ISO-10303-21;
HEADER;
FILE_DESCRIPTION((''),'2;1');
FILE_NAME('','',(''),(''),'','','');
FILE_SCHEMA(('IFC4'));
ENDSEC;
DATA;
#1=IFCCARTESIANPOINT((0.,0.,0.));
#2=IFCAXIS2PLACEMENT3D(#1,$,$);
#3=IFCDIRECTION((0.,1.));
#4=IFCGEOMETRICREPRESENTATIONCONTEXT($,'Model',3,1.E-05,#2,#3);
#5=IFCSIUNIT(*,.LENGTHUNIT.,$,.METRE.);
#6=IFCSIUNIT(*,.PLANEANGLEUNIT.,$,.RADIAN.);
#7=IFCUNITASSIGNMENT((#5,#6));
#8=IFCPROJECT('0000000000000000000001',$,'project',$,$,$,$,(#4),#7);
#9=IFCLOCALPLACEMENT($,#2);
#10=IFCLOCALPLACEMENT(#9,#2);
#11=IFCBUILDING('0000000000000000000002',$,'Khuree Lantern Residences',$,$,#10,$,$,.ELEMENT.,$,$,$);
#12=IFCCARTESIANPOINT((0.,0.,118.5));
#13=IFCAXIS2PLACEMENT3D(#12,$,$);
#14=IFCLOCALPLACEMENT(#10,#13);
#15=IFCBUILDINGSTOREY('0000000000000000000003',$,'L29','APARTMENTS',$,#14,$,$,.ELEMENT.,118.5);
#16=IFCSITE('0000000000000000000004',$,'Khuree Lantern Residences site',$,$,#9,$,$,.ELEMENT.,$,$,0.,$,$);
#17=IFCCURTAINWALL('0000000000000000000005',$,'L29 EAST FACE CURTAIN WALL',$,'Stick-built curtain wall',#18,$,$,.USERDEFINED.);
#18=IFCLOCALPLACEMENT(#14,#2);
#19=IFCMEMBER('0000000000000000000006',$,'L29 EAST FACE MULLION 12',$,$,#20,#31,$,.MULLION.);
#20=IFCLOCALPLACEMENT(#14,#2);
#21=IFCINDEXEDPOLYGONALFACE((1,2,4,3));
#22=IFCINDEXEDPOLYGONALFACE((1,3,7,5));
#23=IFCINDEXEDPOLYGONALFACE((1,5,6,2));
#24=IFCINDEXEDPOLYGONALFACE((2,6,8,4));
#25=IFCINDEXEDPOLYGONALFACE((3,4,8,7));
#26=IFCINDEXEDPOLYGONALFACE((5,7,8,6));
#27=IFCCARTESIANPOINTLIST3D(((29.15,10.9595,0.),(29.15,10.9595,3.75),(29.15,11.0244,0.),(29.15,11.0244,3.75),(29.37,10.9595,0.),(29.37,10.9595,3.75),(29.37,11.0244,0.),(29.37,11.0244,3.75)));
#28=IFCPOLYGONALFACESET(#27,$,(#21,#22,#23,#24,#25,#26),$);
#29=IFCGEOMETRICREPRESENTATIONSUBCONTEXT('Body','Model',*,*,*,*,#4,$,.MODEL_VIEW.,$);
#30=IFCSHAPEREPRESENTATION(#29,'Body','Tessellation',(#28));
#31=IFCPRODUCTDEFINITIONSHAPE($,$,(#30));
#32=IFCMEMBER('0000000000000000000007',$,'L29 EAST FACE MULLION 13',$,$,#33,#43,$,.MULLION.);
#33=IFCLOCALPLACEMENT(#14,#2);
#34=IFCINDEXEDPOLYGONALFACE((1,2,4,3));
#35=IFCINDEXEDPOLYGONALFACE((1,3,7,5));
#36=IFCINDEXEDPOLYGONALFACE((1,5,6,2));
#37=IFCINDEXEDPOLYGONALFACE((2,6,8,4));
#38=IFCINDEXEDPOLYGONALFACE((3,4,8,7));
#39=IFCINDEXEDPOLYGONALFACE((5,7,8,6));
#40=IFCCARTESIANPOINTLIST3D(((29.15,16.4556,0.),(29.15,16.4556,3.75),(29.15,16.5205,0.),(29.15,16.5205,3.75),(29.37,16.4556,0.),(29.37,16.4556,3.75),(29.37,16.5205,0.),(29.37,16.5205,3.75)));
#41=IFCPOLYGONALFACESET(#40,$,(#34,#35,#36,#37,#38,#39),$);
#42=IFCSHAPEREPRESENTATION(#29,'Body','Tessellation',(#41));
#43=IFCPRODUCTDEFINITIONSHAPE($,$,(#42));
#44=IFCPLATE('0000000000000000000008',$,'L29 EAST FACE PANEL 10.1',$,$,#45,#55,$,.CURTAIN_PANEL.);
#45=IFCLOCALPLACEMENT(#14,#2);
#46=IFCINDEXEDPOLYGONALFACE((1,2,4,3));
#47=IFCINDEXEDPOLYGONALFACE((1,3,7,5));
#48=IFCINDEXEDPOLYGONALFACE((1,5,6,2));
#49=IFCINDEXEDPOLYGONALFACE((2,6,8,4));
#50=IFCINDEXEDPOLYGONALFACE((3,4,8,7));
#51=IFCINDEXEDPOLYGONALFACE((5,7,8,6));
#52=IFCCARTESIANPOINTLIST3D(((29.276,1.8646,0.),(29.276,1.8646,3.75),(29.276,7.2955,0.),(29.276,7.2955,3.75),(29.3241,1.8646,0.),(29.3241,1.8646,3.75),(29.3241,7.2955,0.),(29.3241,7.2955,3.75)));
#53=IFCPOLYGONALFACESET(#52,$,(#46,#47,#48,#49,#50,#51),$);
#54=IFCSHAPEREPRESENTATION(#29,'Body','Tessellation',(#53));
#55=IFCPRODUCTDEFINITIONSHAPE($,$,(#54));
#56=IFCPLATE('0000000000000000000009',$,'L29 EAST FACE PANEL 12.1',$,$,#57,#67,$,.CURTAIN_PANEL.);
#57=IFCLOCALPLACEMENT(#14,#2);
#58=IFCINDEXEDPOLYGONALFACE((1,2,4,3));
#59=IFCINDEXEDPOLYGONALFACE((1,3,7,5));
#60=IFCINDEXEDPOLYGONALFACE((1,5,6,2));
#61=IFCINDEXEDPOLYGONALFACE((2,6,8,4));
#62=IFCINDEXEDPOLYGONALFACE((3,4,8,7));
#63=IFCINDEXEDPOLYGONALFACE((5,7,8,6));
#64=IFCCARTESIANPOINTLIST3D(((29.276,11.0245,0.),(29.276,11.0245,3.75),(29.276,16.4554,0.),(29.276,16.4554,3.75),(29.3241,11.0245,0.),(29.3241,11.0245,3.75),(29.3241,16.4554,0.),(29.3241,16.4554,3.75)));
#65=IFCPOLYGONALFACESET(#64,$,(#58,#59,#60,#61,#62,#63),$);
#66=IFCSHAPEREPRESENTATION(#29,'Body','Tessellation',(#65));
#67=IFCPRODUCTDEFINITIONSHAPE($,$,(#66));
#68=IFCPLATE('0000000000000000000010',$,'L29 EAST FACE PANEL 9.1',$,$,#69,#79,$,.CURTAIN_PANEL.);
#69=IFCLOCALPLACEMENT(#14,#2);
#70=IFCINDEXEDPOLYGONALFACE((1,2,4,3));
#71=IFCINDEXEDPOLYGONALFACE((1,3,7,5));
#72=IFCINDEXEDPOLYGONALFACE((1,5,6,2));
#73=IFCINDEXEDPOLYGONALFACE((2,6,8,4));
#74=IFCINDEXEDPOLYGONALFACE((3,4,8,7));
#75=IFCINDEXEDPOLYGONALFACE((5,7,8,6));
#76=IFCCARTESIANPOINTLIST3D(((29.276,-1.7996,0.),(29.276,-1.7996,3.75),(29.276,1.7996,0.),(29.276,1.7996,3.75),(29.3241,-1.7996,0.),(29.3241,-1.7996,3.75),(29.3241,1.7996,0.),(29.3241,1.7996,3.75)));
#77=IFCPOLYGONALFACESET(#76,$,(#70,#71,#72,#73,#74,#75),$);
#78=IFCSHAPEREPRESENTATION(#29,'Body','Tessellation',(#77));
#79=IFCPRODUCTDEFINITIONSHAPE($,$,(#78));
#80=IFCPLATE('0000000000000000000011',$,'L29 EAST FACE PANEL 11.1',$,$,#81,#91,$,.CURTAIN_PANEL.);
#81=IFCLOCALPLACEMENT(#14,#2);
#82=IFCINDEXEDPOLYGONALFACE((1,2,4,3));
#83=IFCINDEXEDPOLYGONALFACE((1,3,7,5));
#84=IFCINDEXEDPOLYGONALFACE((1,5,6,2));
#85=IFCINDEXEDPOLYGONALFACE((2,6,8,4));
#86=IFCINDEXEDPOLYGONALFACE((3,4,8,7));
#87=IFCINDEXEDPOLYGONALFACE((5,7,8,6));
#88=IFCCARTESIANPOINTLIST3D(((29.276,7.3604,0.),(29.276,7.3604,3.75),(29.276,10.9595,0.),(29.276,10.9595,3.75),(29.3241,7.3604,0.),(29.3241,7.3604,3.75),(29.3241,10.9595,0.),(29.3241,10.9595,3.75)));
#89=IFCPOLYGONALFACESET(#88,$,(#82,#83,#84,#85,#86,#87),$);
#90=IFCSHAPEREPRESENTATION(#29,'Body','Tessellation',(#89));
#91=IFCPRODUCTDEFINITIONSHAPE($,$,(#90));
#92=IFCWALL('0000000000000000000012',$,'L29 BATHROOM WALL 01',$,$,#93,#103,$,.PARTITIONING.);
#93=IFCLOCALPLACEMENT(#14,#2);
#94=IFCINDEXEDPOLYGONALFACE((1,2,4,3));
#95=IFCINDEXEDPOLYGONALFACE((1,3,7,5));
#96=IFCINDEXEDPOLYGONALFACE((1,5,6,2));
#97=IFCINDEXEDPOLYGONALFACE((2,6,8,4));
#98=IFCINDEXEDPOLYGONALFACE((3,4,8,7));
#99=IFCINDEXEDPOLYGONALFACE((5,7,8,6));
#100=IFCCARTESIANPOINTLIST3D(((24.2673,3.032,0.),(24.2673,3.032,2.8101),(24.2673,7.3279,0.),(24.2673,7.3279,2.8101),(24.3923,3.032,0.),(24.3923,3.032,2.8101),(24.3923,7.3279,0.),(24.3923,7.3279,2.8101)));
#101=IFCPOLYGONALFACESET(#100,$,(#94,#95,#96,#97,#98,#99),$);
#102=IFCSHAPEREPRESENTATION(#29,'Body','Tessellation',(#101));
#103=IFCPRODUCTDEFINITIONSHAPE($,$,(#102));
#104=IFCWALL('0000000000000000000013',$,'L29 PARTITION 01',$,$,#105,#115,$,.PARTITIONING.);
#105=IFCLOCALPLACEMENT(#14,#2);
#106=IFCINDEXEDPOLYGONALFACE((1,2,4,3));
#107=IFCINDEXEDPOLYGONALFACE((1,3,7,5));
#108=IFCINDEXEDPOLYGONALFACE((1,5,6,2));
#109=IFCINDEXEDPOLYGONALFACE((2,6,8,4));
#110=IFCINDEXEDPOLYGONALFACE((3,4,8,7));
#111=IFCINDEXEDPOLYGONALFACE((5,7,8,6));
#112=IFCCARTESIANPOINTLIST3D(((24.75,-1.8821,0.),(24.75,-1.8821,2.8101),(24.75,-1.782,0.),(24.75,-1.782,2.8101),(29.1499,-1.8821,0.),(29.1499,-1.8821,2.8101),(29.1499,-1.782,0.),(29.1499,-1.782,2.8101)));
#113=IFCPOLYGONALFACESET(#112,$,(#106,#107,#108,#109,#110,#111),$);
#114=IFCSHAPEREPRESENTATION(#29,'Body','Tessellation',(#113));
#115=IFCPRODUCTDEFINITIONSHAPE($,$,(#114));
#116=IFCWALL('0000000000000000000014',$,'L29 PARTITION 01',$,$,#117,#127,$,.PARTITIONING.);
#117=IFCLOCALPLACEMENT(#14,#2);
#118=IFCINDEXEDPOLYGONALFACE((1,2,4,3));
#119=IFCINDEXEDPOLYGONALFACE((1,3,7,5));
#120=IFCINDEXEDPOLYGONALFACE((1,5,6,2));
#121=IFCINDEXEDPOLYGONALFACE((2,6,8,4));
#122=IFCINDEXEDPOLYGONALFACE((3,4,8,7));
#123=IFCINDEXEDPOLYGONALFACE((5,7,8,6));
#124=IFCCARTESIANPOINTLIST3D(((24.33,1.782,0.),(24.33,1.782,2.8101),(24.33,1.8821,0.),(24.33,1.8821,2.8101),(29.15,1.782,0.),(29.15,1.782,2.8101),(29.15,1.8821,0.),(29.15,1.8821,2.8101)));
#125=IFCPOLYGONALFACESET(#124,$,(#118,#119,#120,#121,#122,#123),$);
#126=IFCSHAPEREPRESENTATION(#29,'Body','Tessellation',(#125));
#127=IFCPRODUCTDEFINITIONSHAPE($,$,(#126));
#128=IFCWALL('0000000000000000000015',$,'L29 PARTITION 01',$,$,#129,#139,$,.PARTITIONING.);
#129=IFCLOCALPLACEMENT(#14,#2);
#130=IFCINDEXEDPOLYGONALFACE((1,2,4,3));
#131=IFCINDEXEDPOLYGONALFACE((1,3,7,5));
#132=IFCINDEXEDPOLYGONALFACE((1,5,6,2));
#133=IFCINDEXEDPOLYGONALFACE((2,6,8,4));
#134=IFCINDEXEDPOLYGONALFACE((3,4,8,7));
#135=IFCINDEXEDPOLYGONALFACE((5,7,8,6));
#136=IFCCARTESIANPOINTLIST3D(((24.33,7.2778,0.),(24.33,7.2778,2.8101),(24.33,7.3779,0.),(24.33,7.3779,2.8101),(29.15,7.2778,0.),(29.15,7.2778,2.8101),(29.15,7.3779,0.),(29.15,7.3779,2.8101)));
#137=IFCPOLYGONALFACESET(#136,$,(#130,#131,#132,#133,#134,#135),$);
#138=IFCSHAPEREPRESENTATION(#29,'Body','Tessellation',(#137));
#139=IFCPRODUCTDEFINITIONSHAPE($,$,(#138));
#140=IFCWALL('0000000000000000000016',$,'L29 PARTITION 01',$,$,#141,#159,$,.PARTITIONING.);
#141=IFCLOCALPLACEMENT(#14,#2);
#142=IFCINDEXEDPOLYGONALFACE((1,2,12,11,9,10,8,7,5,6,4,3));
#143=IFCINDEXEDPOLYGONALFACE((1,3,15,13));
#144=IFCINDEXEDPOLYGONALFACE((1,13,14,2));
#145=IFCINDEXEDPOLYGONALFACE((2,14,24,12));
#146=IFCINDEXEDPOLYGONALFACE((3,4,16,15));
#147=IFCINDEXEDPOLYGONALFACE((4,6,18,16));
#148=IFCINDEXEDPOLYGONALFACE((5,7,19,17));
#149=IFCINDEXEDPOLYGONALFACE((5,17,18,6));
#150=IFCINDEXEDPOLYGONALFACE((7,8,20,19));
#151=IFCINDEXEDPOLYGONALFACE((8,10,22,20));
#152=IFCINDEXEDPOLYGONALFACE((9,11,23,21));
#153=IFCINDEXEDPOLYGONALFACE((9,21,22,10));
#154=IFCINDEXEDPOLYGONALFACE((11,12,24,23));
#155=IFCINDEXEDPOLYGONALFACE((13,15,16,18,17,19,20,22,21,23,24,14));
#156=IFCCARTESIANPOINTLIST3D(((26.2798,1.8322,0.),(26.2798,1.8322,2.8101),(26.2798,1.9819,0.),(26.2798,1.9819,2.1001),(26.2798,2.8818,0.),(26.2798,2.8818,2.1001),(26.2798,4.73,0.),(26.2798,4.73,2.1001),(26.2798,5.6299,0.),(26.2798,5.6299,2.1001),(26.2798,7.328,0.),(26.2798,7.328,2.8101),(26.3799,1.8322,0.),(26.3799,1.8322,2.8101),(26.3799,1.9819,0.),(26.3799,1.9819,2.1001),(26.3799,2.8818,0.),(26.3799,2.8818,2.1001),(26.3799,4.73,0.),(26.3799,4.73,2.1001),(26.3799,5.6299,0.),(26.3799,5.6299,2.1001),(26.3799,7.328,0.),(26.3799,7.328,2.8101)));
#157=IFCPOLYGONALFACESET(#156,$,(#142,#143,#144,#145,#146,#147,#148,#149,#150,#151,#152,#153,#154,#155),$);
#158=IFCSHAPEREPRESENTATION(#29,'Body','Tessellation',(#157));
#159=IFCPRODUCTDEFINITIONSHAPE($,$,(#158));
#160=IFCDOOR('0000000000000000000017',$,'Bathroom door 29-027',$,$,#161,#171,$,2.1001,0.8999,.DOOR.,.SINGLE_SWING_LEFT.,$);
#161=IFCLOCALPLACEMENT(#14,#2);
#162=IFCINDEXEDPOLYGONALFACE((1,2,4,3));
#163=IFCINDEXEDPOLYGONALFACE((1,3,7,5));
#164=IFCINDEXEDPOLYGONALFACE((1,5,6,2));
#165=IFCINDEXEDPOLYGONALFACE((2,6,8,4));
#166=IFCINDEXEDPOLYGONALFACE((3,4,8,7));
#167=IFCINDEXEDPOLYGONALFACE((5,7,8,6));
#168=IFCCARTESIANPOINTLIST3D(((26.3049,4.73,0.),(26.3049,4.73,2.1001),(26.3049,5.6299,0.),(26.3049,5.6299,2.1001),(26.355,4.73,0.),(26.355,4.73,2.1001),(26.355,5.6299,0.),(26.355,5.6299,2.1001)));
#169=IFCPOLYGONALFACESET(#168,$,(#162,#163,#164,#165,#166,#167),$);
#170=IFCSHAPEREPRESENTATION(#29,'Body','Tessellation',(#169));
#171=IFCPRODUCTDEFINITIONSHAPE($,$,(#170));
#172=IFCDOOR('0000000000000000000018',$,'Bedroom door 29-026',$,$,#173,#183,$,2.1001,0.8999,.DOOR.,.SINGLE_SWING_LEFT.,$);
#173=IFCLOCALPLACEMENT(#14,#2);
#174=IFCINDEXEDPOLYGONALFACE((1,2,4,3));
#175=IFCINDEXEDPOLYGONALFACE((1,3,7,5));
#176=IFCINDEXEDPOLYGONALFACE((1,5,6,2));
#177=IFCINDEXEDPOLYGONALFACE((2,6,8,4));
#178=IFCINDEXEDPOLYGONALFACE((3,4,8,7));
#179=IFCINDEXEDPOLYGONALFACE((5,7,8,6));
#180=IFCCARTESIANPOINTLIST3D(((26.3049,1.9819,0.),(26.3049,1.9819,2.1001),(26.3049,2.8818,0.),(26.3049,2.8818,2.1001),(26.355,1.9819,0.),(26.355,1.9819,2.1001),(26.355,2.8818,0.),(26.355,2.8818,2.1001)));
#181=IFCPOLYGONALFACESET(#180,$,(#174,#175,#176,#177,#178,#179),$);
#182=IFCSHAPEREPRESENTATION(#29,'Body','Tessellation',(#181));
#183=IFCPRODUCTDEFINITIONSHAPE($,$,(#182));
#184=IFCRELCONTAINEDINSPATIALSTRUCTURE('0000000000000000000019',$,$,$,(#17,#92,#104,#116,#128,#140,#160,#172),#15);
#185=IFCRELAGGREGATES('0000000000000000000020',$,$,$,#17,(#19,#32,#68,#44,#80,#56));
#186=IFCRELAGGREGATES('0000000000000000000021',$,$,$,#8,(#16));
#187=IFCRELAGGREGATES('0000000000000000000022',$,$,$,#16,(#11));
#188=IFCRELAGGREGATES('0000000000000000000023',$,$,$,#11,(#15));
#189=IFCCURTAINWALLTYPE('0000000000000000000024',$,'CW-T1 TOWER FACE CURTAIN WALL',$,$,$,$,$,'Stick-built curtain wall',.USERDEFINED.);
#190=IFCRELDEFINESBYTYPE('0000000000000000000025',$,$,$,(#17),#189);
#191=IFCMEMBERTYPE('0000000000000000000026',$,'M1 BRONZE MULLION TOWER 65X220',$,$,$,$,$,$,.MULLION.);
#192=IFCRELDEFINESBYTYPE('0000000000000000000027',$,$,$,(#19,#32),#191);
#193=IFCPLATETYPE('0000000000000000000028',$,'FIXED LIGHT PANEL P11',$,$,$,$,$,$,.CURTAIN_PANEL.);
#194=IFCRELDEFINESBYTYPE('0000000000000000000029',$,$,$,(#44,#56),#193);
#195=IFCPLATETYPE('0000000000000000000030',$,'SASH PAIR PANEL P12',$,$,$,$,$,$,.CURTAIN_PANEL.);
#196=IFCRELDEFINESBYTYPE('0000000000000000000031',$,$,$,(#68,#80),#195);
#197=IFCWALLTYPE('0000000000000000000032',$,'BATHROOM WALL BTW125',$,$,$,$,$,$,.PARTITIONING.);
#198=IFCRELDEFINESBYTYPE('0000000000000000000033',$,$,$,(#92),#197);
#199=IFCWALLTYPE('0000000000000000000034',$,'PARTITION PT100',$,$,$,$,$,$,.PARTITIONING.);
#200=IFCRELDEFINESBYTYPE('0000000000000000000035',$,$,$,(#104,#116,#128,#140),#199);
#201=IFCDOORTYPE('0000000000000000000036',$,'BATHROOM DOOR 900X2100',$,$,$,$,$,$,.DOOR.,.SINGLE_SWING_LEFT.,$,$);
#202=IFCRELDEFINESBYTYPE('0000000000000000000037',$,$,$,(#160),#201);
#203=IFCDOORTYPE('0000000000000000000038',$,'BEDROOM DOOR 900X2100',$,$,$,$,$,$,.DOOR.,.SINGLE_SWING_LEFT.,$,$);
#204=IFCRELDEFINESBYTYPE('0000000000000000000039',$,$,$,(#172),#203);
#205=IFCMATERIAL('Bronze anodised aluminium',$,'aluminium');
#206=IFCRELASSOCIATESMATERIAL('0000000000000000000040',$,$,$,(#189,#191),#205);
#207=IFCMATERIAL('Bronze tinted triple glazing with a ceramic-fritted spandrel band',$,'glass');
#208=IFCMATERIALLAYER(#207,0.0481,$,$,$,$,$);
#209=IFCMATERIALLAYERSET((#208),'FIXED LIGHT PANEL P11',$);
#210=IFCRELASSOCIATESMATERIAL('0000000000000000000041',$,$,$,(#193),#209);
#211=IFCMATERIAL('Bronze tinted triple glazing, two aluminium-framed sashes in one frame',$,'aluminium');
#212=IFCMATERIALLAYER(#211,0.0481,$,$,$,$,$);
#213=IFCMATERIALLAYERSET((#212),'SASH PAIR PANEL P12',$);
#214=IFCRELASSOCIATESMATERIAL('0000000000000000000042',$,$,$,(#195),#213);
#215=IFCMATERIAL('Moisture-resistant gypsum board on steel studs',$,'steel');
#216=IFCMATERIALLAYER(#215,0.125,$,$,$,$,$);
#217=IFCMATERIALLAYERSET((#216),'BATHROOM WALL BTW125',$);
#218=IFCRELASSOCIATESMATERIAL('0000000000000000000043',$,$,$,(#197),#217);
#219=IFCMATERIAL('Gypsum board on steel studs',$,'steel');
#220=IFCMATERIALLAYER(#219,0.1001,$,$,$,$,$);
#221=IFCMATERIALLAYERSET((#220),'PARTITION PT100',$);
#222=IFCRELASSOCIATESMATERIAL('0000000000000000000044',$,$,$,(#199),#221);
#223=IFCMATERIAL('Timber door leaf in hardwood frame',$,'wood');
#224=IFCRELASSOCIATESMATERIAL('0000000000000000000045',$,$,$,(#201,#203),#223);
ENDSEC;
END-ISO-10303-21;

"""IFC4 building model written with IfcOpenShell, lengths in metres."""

from ifc_helpers import new_model, si_unit, direction, frame, frame_2d, origin, origin_2d, place, context, subcontext, project, spatial, rectangle, extrude, material, layer, layer_set, material_profile, profile_set, type_object, element, fill, aggregate, save


model = new_model("IFC4")

# Units and contexts
model_context = context("Model", 3, precision=1e-05, world=origin(), true_north=direction((0.0, 1.0)))
body_context = subcontext(model_context, "Body", "Model", "MODEL_VIEW")
ifc_project = project(units=[si_unit("LENGTHUNIT", "METRE"), si_unit("PLANEANGLEUNIT", "RADIAN")], contexts=[model_context])

# Site, building, storey
site_placement = place(None, origin())
site = spatial("IfcSite", under=ifc_project, at=site_placement, Name="Khuree Lantern Residences site", CompositionType="ELEMENT", RefElevation=0.0)
building_placement = place(site_placement, origin())
building = spatial("IfcBuilding", under=site, at=building_placement, Name="Khuree Lantern Residences", CompositionType="ELEMENT")
storey_placement = place(building_placement, frame((0.0, 0.0, 118.5)))
storey = spatial("IfcBuildingStorey", under=building, at=storey_placement, Name="L29", Description="APARTMENTS", CompositionType="ELEMENT", Elevation=118.5)

# Curtain wall
ifc_material_1 = material(Name="Bronze anodised aluminium", Category="aluminium")
curtain_wall_type = type_object("IfcCurtainWallType", Name="CW-T1 TOWER FACE CURTAIN WALL", ElementType="Stick-built curtain wall", PredefinedType="USERDEFINED", material=ifc_material_1)
curtain_wall_placement = place(storey_placement, origin())
curtain_wall = element("IfcCurtainWall", 1, at=curtain_wall_placement, inside=storey, type_object=curtain_wall_type, Name="L29 EAST FACE CURTAIN WALL", ObjectType="Stick-built curtain wall", PredefinedType="USERDEFINED")

# Members
ifc_material_profile_1 = material_profile(ifc_material_1, rectangle(XDim=0.0649, YDim=0.22, at=origin_2d()), Name="M1 65X220")
ifc_profile_set_1 = profile_set([ifc_material_profile_1], Name="Bronze anodised aluminium")
member_type_1 = type_object("IfcMemberType", Name="M1 BRONZE MULLION TOWER 65X220", PredefinedType="MULLION", material=ifc_profile_set_1)
member_1_placement = place(storey_placement, frame((29.26, 10.9919, 0.0), z_axis=(0.0, 0.0, 1.0), x_axis=(0.0, 1.0, 0.0)))
member_1 = element("IfcMember", 2, at=member_1_placement, type_object=member_type_1, Name="L29 EAST FACE MULLION 12", PredefinedType="MULLION", context=body_context, shape_type="SweptSolid", body=[
    extrude(rectangle(XDim=0.0649, YDim=0.22, at=origin_2d()), origin(), (0.0, 0.0, 1.0), 3.75),
])
member_2_placement = place(storey_placement, frame((29.26, 16.488, 0.0), z_axis=(0.0, 0.0, 1.0), x_axis=(0.0, 1.0, 0.0)))
member_2 = element("IfcMember", 3, at=member_2_placement, type_object=member_type_1, Name="L29 EAST FACE MULLION 13", PredefinedType="MULLION", context=body_context, shape_type="SweptSolid", body=[
    extrude(rectangle(XDim=0.0649, YDim=0.22, at=origin_2d()), origin(), (0.0, 0.0, 1.0), 3.75),
])

# Plates
ifc_material_2 = material(Name="Bronze tinted triple glazing with a ceramic-fritted spandrel band", Category="glass")
ifc_layer_1 = layer(ifc_material_2, 0.0481)
ifc_layer_set_1 = layer_set([ifc_layer_1], Name="FIXED LIGHT PANEL P11")
plate_type_1 = type_object("IfcPlateType", Name="FIXED LIGHT PANEL P11", PredefinedType="CURTAIN_PANEL", material=ifc_layer_set_1)
plate_1_placement = place(storey_placement, frame((29.3, 4.5801, 0.0), z_axis=(0.0, 0.0, 1.0), x_axis=(0.0, 1.0, 0.0)))
plate_1 = element("IfcPlate", 4, at=plate_1_placement, type_object=plate_type_1, Name="L29 EAST FACE PANEL 10.1", PredefinedType="CURTAIN_PANEL", context=body_context, shape_type="SweptSolid", body=[
    extrude(rectangle(XDim=5.4309, YDim=0.0481, at=origin_2d()), origin(), (0.0, 0.0, 1.0), 3.75),
])
plate_2_placement = place(storey_placement, frame((29.3, 13.74, 0.0), z_axis=(0.0, 0.0, 1.0), x_axis=(0.0, 1.0, 0.0)))
plate_2 = element("IfcPlate", 5, at=plate_2_placement, type_object=plate_type_1, Name="L29 EAST FACE PANEL 12.1", PredefinedType="CURTAIN_PANEL", context=body_context, shape_type="SweptSolid", body=[
    extrude(rectangle(XDim=5.4309, YDim=0.0481, at=origin_2d()), origin(), (0.0, 0.0, 1.0), 3.75),
])
ifc_material_3 = material(Name="Bronze tinted triple glazing, two aluminium-framed sashes in one frame", Category="aluminium")
ifc_layer_2 = layer(ifc_material_3, 0.0481)
ifc_layer_set_2 = layer_set([ifc_layer_2], Name="SASH PAIR PANEL P12")
plate_type_2 = type_object("IfcPlateType", Name="SASH PAIR PANEL P12", PredefinedType="CURTAIN_PANEL", material=ifc_layer_set_2)
plate_3_placement = place(storey_placement, frame((29.3, 0.0, 0.0), z_axis=(0.0, 0.0, 1.0), x_axis=(0.0, 1.0, 0.0)))
plate_3 = element("IfcPlate", 6, at=plate_3_placement, type_object=plate_type_2, Name="L29 EAST FACE PANEL 9.1", PredefinedType="CURTAIN_PANEL", context=body_context, shape_type="SweptSolid", body=[
    extrude(rectangle(XDim=3.5991, YDim=0.0481, at=origin_2d()), origin(), (0.0, 0.0, 1.0), 3.75),
])
plate_4_placement = place(storey_placement, frame((29.3, 9.1599, 0.0), z_axis=(0.0, 0.0, 1.0), x_axis=(0.0, 1.0, 0.0)))
plate_4 = element("IfcPlate", 7, at=plate_4_placement, type_object=plate_type_2, Name="L29 EAST FACE PANEL 11.1", PredefinedType="CURTAIN_PANEL", context=body_context, shape_type="SweptSolid", body=[
    extrude(rectangle(XDim=3.5991, YDim=0.0481, at=origin_2d()), origin(), (0.0, 0.0, 1.0), 3.75),
])
aggregate(curtain_wall, [member_1, member_2, plate_3, plate_1, plate_4, plate_2])

# Walls
ifc_material_4 = material(Name="Moisture-resistant gypsum board on steel studs", Category="steel")
ifc_layer_3 = layer(ifc_material_4, 0.125)
ifc_layer_set_3 = layer_set([ifc_layer_3], Name="BATHROOM WALL BTW125")
wall_type_1 = type_object("IfcWallType", Name="BATHROOM WALL BTW125", PredefinedType="PARTITIONING", material=ifc_layer_set_3)
wall_1_placement = place(storey_placement, frame((24.3298, 3.032, 0.0), z_axis=(0.0, 0.0, 1.0), x_axis=(0.0, 1.0, 0.0)))
element("IfcWall", 8, at=wall_1_placement, inside=storey, type_object=wall_type_1, Name="L29 BATHROOM WALL 01", PredefinedType="PARTITIONING", context=body_context, shape_type="SweptSolid", body=[
    extrude(rectangle(XDim=4.2959, YDim=0.125, at=frame_2d((2.1479, 0.0))), origin(), (0.0, 0.0, 1.0), 2.8101),
])
ifc_material_5 = material(Name="Gypsum board on steel studs", Category="steel")
ifc_layer_4 = layer(ifc_material_5, 0.1001)
ifc_layer_set_4 = layer_set([ifc_layer_4], Name="PARTITION PT100")
wall_type_2 = type_object("IfcWallType", Name="PARTITION PT100", PredefinedType="PARTITIONING", material=ifc_layer_set_4)
wall_2_placement = place(storey_placement, frame((24.75, -1.832, 0.0), z_axis=(0.0, 0.0, 1.0), x_axis=(1.0, 0.0, 0.0)))
element("IfcWall", 9, at=wall_2_placement, inside=storey, type_object=wall_type_2, Name="L29 PARTITION 01", PredefinedType="PARTITIONING", context=body_context, shape_type="SweptSolid", body=[
    extrude(rectangle(XDim=4.3999, YDim=0.1001, at=frame_2d((2.2, 0.0))), origin(), (0.0, 0.0, 1.0), 2.8101),
])
for number, where, z_axis, x_axis, name in (
    (10, (24.3298, 1.832, 0.0), (0.0, 0.0, 1.0), (1.0, 0.0, 0.0), "L29 PARTITION 01"),
    (11, (24.3298, 7.3279, 0.0), (0.0, 0.0, 1.0), (1.0, 0.0, 0.0), "L29 PARTITION 01"),
):
    element("IfcWall", number, at=place(storey_placement, frame(where, z_axis=z_axis, x_axis=x_axis)), inside=storey, type_object=wall_type_2, Name=name, PredefinedType="PARTITIONING", context=body_context, shape_type="SweptSolid", body=[
        extrude(rectangle(XDim=4.8201, YDim=0.1001, at=frame_2d((2.4102, 0.0))), origin(), (0.0, 0.0, 1.0), 2.8101),
    ])

# Wall, openings, doors
wall_3_placement = place(storey_placement, frame((26.3298, 1.832, 0.0), z_axis=(0.0, 0.0, 1.0), x_axis=(0.0, 1.0, 0.0)))
wall_3 = element("IfcWall", 12, at=wall_3_placement, inside=storey, type_object=wall_type_2, Name="L29 PARTITION 01", PredefinedType="PARTITIONING", context=body_context, shape_type="SweptSolid", body=[
    extrude(rectangle(XDim=5.4958, YDim=0.1001, at=frame_2d((2.748, 0.0))), origin(), (0.0, 0.0, 1.0), 2.8101),
])
opening_1_placement = place(wall_3_placement, frame((0.1499, 0.0, 0.0)))
opening_1 = element("IfcOpeningElement", 13, at=opening_1_placement, cuts=wall_3, PredefinedType="OPENING", context=body_context, shape_type="SweptSolid", body=[
    extrude(rectangle(XDim=0.8999, YDim=2.1001, at=frame_2d((0.45, 1.05))), frame((0.0, 0.0601, 0.0), z_axis=(0.0, -1.0, 0.0), x_axis=(1.0, 0.0, 0.0)), (0.0, 0.0, 1.0), 0.1201),
])
opening_2_placement = place(wall_3_placement, frame((2.8979, 0.0, 0.0)))
opening_2 = element("IfcOpeningElement", 14, at=opening_2_placement, cuts=wall_3, PredefinedType="OPENING", context=body_context, shape_type="SweptSolid", body=[
    extrude(rectangle(XDim=0.8999, YDim=2.1001, at=frame_2d((0.45, 1.05))), frame((0.0, 0.0601, 0.0), z_axis=(0.0, -1.0, 0.0), x_axis=(1.0, 0.0, 0.0)), (0.0, 0.0, 1.0), 0.1201),
])
ifc_material_6 = material(Name="Timber door leaf in hardwood frame", Category="wood")
door_type_1 = type_object("IfcDoorType", Name="BATHROOM DOOR 900X2100", OperationType="SINGLE_SWING_LEFT", PredefinedType="DOOR", material=ifc_material_6)
door_1_placement = place(opening_2_placement, origin())
door_1 = element("IfcDoor", 15, at=door_1_placement, inside=storey, type_object=door_type_1, Name="Bathroom door 29-027", OperationType="SINGLE_SWING_LEFT", OverallHeight=2.1001, OverallWidth=0.8999, PredefinedType="DOOR", context=body_context, shape_type="SweptSolid", body=[
    extrude(rectangle(XDim=0.8999, YDim=2.1001, at=frame_2d((0.45, 1.05))), frame((0.0, 0.0249, 0.0), z_axis=(0.0, -1.0, 0.0), x_axis=(1.0, 0.0, 0.0)), (0.0, 0.0, 1.0), 0.05),
])
fill(opening_2, door_1)
door_type_2 = type_object("IfcDoorType", Name="BEDROOM DOOR 900X2100", OperationType="SINGLE_SWING_LEFT", PredefinedType="DOOR", material=ifc_material_6)
door_2_placement = place(opening_1_placement, origin())
door_2 = element("IfcDoor", 16, at=door_2_placement, inside=storey, type_object=door_type_2, Name="Bedroom door 29-026", OperationType="SINGLE_SWING_LEFT", OverallHeight=2.1001, OverallWidth=0.8999, PredefinedType="DOOR", context=body_context, shape_type="SweptSolid", body=[
    extrude(rectangle(XDim=0.8999, YDim=2.1001, at=frame_2d((0.45, 1.05))), frame((0.0, 0.0249, 0.0), z_axis=(0.0, -1.0, 0.0), x_axis=(1.0, 0.0, 0.0)), (0.0, 0.0, 1.0), 0.05),
])
fill(opening_1, door_2)

save(model, "model.ifc")
